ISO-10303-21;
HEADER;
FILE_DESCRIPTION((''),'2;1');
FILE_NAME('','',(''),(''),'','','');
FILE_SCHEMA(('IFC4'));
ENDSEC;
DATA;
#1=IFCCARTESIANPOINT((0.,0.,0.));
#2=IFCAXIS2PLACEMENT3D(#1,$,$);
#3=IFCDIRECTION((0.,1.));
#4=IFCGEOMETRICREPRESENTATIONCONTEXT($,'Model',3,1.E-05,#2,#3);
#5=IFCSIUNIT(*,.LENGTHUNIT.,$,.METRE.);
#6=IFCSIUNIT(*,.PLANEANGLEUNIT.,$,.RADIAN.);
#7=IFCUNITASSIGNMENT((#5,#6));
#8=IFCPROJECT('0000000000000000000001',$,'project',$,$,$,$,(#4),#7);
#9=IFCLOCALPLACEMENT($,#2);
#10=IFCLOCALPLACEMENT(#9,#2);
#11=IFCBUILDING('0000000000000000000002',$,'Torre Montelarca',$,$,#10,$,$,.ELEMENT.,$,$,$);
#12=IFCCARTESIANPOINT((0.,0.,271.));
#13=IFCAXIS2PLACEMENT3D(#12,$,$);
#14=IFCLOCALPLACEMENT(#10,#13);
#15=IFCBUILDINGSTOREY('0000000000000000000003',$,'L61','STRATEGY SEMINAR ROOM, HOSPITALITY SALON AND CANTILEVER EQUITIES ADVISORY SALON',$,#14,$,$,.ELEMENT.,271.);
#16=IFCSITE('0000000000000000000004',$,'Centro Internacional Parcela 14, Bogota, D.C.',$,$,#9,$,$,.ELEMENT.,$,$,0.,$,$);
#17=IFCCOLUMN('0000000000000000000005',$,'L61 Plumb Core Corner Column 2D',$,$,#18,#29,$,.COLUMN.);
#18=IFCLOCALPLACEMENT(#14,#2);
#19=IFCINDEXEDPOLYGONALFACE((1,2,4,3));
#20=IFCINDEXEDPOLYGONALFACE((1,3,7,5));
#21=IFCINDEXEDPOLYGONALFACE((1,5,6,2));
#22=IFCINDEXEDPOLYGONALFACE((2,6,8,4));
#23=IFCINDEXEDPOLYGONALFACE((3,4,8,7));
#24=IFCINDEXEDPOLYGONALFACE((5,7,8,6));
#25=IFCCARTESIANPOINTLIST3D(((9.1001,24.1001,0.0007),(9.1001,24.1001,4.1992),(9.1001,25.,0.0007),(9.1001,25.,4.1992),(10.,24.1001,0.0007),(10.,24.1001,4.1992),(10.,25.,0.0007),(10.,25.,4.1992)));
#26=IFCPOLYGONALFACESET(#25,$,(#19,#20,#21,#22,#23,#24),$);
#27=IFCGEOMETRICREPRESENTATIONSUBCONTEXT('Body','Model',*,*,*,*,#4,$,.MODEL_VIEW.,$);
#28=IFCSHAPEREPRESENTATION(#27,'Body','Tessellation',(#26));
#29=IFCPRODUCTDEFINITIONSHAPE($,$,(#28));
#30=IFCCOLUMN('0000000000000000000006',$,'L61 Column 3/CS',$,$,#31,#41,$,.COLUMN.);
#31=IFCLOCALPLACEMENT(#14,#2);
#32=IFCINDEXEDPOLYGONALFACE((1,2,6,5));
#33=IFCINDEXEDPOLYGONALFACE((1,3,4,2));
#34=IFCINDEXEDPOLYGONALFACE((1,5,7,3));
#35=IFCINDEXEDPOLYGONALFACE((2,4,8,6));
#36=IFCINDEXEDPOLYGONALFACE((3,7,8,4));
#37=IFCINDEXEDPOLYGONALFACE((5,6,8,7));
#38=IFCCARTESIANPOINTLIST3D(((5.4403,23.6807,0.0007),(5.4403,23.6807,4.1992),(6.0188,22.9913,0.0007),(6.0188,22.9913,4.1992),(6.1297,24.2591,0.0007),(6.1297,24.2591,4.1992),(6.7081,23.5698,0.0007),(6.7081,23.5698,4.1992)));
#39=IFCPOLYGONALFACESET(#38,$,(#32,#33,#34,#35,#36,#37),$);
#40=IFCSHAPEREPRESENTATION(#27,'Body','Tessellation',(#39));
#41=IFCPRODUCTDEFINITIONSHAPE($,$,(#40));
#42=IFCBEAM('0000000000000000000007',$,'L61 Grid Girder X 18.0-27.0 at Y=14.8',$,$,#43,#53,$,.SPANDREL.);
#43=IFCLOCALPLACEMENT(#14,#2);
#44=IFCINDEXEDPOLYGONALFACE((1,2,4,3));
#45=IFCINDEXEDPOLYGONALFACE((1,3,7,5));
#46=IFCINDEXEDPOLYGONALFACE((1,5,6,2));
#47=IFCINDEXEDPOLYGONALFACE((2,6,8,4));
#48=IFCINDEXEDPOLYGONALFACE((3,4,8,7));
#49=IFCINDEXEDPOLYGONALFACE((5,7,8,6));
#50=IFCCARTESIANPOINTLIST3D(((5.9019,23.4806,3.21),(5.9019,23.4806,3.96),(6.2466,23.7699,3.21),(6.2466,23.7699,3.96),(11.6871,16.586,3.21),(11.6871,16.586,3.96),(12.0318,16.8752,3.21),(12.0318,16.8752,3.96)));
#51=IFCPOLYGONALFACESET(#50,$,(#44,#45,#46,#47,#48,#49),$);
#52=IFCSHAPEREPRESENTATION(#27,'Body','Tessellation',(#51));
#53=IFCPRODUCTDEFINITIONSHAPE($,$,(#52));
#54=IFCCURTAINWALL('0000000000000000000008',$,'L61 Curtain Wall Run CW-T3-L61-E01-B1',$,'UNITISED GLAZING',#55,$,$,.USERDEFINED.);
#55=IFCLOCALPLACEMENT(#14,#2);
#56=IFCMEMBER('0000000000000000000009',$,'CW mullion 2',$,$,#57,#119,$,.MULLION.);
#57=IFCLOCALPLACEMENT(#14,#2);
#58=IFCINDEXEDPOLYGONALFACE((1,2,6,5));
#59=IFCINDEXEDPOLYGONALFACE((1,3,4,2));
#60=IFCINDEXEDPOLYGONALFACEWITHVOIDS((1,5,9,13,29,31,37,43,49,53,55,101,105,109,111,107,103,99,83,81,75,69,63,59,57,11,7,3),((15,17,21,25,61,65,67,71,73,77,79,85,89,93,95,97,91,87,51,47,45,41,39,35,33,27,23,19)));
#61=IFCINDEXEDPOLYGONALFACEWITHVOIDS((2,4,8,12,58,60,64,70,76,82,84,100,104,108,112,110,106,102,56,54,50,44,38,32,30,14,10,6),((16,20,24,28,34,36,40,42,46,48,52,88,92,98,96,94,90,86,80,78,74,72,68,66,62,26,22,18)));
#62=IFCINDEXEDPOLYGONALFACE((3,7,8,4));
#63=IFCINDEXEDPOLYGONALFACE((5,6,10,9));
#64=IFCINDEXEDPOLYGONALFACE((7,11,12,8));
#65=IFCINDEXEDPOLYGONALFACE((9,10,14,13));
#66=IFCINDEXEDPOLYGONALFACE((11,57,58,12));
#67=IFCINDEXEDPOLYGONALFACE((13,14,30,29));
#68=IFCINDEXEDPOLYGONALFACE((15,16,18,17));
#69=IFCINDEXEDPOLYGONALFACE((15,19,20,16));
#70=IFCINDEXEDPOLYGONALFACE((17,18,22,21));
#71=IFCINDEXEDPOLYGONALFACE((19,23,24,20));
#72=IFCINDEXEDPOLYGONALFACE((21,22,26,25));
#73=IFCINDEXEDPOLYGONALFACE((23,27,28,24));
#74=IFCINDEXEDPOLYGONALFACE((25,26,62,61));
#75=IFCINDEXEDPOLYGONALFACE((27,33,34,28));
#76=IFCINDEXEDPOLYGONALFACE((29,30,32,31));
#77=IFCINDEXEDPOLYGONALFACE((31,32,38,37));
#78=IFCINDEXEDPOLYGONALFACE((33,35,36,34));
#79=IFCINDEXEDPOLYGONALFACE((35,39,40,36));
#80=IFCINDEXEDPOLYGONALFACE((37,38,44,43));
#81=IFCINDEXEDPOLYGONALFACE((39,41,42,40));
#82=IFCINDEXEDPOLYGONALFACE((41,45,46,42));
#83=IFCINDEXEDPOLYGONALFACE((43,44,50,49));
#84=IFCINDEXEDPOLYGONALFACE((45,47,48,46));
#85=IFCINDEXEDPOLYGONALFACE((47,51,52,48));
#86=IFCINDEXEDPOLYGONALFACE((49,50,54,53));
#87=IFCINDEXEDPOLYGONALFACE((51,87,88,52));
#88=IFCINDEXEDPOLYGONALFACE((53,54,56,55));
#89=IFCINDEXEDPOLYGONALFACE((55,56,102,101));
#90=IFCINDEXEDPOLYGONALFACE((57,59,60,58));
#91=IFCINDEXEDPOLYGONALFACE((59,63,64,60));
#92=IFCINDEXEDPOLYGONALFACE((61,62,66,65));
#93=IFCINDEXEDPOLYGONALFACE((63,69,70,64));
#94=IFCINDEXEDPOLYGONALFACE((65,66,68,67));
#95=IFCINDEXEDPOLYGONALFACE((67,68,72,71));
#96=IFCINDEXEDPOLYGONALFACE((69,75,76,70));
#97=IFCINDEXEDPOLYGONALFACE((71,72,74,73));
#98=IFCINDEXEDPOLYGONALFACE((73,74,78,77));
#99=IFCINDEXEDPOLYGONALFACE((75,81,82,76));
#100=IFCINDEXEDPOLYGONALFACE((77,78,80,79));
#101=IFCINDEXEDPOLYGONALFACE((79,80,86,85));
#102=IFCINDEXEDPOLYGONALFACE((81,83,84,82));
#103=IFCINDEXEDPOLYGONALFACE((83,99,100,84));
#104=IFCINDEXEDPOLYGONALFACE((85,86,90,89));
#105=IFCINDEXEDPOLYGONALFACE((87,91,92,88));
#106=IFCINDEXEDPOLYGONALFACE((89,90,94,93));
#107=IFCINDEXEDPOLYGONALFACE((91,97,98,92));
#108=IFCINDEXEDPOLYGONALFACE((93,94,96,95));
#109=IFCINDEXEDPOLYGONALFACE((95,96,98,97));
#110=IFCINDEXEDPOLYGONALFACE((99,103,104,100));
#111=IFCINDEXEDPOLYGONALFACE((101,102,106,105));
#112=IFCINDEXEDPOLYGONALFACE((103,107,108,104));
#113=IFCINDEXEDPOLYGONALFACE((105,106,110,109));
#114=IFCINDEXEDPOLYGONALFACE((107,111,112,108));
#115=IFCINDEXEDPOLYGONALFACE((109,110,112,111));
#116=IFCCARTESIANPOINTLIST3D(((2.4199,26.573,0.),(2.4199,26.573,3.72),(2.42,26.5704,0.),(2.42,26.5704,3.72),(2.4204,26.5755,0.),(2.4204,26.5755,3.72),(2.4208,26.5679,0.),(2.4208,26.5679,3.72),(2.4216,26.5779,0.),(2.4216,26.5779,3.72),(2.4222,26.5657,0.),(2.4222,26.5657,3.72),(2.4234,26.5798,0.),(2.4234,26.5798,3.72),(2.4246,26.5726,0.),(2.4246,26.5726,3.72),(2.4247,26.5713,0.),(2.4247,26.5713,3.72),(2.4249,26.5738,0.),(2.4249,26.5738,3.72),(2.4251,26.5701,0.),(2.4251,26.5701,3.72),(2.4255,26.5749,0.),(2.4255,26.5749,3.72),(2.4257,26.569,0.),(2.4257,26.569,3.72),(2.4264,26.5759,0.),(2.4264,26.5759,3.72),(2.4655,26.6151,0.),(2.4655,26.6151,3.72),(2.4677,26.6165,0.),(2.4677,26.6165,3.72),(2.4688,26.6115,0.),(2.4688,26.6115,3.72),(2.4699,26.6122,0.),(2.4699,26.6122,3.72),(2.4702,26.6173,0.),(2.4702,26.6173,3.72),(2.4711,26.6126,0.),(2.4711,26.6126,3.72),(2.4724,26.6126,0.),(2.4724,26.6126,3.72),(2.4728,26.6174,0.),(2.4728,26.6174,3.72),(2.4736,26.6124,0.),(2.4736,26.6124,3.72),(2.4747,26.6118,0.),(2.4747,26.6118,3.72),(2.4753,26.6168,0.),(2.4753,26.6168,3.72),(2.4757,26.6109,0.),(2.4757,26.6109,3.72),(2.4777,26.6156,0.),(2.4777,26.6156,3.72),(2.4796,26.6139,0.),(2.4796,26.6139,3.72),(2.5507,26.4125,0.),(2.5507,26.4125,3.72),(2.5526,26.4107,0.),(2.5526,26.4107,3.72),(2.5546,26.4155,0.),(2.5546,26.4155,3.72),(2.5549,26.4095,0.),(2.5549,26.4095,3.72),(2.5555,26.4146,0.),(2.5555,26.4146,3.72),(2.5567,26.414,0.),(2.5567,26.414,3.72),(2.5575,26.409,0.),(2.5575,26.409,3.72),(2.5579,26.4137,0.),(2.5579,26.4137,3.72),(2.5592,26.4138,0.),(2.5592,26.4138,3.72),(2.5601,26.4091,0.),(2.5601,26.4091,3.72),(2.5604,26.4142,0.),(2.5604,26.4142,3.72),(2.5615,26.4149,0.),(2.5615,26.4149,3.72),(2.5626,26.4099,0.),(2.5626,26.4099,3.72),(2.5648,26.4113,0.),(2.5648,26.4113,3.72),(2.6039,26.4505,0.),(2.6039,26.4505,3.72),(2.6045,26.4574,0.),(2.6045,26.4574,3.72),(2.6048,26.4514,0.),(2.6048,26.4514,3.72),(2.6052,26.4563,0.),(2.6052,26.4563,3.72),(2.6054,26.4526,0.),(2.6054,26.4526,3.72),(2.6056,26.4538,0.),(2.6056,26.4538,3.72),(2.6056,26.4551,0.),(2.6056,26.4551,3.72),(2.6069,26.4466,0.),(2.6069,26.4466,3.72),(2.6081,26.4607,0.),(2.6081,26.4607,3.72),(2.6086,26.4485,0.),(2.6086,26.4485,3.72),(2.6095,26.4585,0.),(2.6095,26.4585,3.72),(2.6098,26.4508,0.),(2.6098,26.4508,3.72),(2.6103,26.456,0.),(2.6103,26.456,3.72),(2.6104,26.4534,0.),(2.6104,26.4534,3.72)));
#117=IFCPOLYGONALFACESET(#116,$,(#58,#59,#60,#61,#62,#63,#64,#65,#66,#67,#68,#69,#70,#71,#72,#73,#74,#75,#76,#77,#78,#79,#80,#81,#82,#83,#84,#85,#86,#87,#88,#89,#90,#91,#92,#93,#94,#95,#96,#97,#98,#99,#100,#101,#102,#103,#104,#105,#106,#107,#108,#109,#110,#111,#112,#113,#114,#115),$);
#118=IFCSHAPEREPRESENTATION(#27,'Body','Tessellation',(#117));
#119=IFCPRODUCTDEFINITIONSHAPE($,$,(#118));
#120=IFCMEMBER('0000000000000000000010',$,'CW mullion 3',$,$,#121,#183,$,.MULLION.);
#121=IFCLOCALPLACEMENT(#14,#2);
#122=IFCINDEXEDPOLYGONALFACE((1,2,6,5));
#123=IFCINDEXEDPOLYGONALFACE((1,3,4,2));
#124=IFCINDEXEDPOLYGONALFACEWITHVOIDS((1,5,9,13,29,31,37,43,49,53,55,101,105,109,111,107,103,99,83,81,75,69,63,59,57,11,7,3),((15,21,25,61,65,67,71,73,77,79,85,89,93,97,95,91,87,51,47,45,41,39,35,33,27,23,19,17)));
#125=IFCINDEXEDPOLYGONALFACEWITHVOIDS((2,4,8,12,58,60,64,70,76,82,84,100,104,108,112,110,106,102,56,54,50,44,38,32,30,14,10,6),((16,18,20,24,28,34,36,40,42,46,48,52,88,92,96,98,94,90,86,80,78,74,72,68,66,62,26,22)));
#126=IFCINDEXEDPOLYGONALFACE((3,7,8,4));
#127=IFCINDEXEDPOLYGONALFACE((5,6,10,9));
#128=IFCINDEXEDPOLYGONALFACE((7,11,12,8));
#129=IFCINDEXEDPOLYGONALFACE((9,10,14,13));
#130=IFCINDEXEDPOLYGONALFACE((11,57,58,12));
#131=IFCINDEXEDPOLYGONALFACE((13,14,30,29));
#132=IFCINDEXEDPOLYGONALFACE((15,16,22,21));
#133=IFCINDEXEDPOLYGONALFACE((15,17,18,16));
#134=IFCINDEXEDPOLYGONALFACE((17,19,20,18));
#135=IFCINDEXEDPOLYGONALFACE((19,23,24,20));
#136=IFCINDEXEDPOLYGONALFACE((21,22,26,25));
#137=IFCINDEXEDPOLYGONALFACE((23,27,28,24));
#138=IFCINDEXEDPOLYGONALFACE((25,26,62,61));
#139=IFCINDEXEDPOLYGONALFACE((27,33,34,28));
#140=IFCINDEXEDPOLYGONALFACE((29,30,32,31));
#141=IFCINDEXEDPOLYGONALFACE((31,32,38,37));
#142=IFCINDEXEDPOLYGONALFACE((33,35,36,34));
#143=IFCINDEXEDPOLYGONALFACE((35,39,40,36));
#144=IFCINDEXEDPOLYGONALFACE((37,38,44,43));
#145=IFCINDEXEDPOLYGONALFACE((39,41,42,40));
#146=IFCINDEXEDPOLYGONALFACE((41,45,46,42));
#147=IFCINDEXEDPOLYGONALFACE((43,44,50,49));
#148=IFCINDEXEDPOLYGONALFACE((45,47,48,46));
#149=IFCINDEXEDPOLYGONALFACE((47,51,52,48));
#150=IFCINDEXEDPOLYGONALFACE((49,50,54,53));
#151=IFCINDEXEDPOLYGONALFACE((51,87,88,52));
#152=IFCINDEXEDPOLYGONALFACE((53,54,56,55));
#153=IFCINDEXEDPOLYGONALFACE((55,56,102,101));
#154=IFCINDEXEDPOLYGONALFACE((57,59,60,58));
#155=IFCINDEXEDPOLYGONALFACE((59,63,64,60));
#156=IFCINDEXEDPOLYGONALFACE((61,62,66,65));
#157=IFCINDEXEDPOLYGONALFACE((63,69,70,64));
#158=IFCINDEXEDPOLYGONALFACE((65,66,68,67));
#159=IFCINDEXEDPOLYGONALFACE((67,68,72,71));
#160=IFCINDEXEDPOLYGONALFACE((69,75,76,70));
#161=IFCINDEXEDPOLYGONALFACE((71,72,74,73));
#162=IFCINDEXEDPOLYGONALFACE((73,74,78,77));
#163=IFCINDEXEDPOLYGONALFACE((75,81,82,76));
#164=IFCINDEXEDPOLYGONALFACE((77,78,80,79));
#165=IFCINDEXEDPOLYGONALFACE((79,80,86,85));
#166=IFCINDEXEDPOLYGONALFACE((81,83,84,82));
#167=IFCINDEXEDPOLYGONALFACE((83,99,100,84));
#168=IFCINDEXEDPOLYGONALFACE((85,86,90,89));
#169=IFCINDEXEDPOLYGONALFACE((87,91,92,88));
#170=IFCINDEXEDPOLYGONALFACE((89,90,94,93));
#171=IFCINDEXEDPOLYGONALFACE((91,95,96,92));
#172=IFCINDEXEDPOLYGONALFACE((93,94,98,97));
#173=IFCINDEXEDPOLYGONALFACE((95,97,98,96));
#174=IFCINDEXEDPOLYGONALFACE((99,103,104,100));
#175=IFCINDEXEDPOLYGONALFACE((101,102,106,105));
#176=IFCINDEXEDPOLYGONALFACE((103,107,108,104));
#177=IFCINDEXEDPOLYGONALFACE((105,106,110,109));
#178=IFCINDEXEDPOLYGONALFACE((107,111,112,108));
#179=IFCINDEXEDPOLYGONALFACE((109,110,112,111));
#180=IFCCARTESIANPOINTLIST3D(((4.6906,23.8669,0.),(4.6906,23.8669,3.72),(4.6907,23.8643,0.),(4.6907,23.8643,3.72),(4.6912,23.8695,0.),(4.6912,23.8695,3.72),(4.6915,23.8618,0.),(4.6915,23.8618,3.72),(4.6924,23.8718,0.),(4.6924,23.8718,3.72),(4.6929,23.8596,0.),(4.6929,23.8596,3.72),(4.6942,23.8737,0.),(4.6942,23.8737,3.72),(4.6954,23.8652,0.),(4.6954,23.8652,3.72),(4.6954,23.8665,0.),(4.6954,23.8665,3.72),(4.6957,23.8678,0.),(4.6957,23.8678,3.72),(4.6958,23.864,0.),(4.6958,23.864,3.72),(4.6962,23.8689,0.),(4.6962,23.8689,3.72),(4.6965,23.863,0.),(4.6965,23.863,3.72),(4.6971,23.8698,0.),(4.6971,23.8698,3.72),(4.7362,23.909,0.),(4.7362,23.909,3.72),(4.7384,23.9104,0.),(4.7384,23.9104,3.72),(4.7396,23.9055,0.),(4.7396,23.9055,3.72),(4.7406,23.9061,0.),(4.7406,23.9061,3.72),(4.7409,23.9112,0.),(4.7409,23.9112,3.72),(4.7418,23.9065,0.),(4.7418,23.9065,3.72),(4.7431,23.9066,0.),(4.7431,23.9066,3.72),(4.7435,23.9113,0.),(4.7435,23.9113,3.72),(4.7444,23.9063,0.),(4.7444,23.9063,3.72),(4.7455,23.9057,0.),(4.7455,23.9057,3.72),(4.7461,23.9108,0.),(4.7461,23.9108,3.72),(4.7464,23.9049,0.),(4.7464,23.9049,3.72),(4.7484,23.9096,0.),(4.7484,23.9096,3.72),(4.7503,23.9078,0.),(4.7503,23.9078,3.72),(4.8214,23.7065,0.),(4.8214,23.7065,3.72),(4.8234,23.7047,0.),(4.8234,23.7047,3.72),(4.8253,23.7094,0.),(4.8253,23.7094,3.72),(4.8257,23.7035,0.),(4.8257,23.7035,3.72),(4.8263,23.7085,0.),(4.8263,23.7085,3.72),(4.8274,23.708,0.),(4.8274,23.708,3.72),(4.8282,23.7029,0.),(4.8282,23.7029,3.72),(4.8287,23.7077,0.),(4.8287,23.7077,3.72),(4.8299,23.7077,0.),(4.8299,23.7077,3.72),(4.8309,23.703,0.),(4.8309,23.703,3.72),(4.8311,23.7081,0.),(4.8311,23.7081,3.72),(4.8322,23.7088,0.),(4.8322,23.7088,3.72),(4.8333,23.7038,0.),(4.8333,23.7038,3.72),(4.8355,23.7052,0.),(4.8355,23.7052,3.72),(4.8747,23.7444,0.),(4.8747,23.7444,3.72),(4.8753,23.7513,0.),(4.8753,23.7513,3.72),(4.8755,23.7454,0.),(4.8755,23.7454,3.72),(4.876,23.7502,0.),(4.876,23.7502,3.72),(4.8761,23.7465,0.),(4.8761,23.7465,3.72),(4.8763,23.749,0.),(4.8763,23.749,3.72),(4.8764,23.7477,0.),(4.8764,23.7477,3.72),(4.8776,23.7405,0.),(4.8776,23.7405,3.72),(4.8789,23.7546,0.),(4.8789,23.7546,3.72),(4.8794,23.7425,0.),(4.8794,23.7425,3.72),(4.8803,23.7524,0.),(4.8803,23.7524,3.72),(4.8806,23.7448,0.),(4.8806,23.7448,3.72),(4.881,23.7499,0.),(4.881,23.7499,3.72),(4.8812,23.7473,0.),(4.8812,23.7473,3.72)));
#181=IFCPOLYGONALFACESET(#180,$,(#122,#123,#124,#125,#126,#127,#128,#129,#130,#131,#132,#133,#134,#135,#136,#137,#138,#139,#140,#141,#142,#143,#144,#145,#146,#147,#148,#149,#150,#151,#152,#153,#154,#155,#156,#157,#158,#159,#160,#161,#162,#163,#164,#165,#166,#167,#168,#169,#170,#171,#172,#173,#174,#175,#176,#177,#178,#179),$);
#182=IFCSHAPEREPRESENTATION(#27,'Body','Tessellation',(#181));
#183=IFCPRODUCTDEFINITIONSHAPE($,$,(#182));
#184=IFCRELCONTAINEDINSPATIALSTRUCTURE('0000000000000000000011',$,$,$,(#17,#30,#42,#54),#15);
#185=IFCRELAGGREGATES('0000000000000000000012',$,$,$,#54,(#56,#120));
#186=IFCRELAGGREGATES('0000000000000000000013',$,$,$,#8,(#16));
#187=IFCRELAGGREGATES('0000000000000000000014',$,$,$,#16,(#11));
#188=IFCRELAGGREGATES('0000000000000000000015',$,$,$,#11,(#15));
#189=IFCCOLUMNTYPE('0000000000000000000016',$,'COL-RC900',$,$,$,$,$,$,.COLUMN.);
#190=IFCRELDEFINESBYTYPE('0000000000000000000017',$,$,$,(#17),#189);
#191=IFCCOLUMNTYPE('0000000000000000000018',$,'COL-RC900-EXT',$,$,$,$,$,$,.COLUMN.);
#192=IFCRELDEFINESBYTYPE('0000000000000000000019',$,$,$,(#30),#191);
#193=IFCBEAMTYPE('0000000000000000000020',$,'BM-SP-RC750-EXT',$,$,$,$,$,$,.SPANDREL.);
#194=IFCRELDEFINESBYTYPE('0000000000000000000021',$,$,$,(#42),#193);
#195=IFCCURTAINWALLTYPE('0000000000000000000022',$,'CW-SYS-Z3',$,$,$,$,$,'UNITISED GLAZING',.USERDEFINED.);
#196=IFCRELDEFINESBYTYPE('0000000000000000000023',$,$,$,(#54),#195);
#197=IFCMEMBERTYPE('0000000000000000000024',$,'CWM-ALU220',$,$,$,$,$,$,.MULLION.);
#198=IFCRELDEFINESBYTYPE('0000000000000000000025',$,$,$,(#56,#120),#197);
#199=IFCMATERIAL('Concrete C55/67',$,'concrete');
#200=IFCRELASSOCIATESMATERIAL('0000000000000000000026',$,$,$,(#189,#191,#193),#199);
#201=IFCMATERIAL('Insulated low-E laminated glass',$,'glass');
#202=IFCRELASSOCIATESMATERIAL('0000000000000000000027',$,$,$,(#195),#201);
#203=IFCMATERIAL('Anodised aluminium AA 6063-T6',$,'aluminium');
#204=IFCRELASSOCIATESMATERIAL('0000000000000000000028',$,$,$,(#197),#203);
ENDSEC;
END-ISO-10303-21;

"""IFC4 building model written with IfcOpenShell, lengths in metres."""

from ifc_helpers import new_model, si_unit, direction, frame, origin, origin_2d, place, context, subcontext, project, spatial, rectangle, hollow_rectangle, extrude, source, transform, mapped, material, material_profile, profile_set, type_object, element, aggregate, save


model = new_model("IFC4")

# Units and contexts
model_context = context("Model", 3, precision=1e-05, world=origin(), true_north=direction((0.0, 1.0)))
body_context = subcontext(model_context, "Body", "Model", "MODEL_VIEW")
ifc_project = project(units=[si_unit("LENGTHUNIT", "METRE"), si_unit("PLANEANGLEUNIT", "RADIAN")], contexts=[model_context])

# Site, building, storey
site_placement = place(None, origin())
site = spatial("IfcSite", under=ifc_project, at=site_placement, Name="Centro Internacional Parcela 14, Bogota, D.C.", CompositionType="ELEMENT", RefElevation=0.0)
building_placement = place(site_placement, origin())
building = spatial("IfcBuilding", under=site, at=building_placement, Name="Torre Montelarca", CompositionType="ELEMENT")
storey_placement = place(building_placement, frame((0.0, 0.0, 271.0)))
storey = spatial("IfcBuildingStorey", under=building, at=storey_placement, Name="L61", Description="STRATEGY SEMINAR ROOM, HOSPITALITY SALON AND CANTILEVER EQUITIES ADVISORY SALON", CompositionType="ELEMENT", Elevation=271.0)

# Columns
ifc_material_1 = material(Name="Concrete C55/67", Category="concrete")
ifc_material_profile_1 = material_profile(ifc_material_1, rectangle(XDim=0.8999, YDim=0.8999, at=origin_2d()), Name="RC900X900", Category="concrete")
ifc_profile_set_1 = profile_set([ifc_material_profile_1], Name="Concrete C55/67")
column_type_1 = type_object("IfcColumnType", Name="COL-RC900", PredefinedType="COLUMN", material=ifc_profile_set_1)
shared_shape_1 = source(origin(), body_context, "Body", "SweptSolid", [
    extrude(rectangle(XDim=0.8999, YDim=0.8999, at=origin_2d()), origin(), (0.0, 0.0, 1.0), 4.1985),
])
column_1_placement = place(storey_placement, frame((9.55, 24.55, 0.0007), z_axis=(0.0, 0.0, 1.0), x_axis=(1.0, 0.0, 0.0)))
element("IfcColumn", 1, at=column_1_placement, inside=storey, type_object=column_type_1, Name="L61 Plumb Core Corner Column 2D", PredefinedType="COLUMN", context=body_context, shape_type="MappedRepresentation", body=[
    mapped(shared_shape_1, transform((0.0, 0.0, 0.0), scale=1.0)),
])
ifc_material_profile_2 = material_profile(ifc_material_1, rectangle(XDim=0.8999, YDim=0.8999, at=origin_2d()), Name="RC900X900", Category="concrete")
ifc_profile_set_2 = profile_set([ifc_material_profile_2], Name="Concrete C55/67")
column_type_2 = type_object("IfcColumnType", Name="COL-RC900-EXT", PredefinedType="COLUMN", material=ifc_profile_set_2)
shared_shape_2 = source(origin(), body_context, "Body", "SweptSolid", [
    extrude(rectangle(XDim=0.8999, YDim=0.8999, at=origin_2d()), origin(), (0.0, 0.0, 1.0), 4.1985),
])
column_2_placement = place(storey_placement, frame((6.0742, 23.6252, 0.0007), z_axis=(0.0, 0.0, 1.0), x_axis=(-0.642788, 0.766044, 0.0)))
element("IfcColumn", 2, at=column_2_placement, inside=storey, type_object=column_type_2, Name="L61 Column 3/CS", PredefinedType="COLUMN", context=body_context, shape_type="MappedRepresentation", body=[
    mapped(shared_shape_2, transform((0.0, 0.0, 0.0), scale=1.0)),
])

# Beam
ifc_material_profile_3 = material_profile(ifc_material_1, rectangle(XDim=0.45, YDim=0.75, at=origin_2d()), Name="RCB450X750", Category="concrete")
ifc_profile_set_3 = profile_set([ifc_material_profile_3], Name="Concrete C55/67")
beam_type = type_object("IfcBeamType", Name="BM-SP-RC750-EXT", PredefinedType="SPANDREL", material=ifc_profile_set_3)
shared_shape_3 = source(origin(), body_context, "Body", "SweptSolid", [
    extrude(rectangle(XDim=0.45, YDim=0.75, at=origin_2d()), origin(), (0.0, 0.0, 1.0), 9.0002),
])
beam_placement = place(storey_placement, frame((6.0742, 23.6252, 3.585), z_axis=(0.642785, -0.766047, 0.0), x_axis=(0.766047, 0.642785, 0.0)))
element("IfcBeam", 3, at=beam_placement, inside=storey, type_object=beam_type, Name="L61 Grid Girder X 18.0-27.0 at Y=14.8", PredefinedType="SPANDREL", context=body_context, shape_type="MappedRepresentation", body=[
    mapped(shared_shape_3, transform((0.0, 0.0, 0.0), scale=1.0)),
])

# Curtain wall, members
ifc_material_2 = material(Name="Insulated low-E laminated glass", Category="glass")
curtain_wall_type = type_object("IfcCurtainWallType", Name="CW-SYS-Z3", ElementType="UNITISED GLAZING", PredefinedType="USERDEFINED", material=ifc_material_2)
curtain_wall_1_placement = place(storey_placement, origin())
curtain_wall_1 = element("IfcCurtainWall", 4, at=curtain_wall_1_placement, inside=storey, type_object=curtain_wall_type, Name="L61 Curtain Wall Run CW-T3-L61-E01-B1", ObjectType="UNITISED GLAZING", PredefinedType="USERDEFINED")
ifc_material_3 = material(Name="Anodised aluminium AA 6063-T6", Category="aluminium")
ifc_material_profile_4 = material_profile(ifc_material_3, hollow_rectangle(XDim=0.075, YDim=0.22, WallThickness=0.0049, InnerFilletRadius=0.0049, OuterFilletRadius=0.01, at=origin_2d()), Name="ALU75X220X5", Category="aluminium")
ifc_profile_set_4 = profile_set([ifc_material_profile_4], Name="Anodised aluminium AA 6063-T6")
member_type_1 = type_object("IfcMemberType", Name="CWM-ALU220", PredefinedType="MULLION", material=ifc_profile_set_4)
shared_shape_4 = source(origin(), body_context, "Body", "SweptSolid", [
    extrude(hollow_rectangle(XDim=0.075, YDim=0.22, WallThickness=0.0049, InnerFilletRadius=0.0049, OuterFilletRadius=0.01, at=origin_2d()), origin(), (0.0, 0.0, 1.0), 3.72),
])
member_1_placement = place(storey_placement, frame((2.5151, 26.5132, 0.0), z_axis=(0.0, 0.0, 1.0), x_axis=(0.766041, 0.642791, 0.0)))
member_1 = element("IfcMember", 5, at=member_1_placement, type_object=member_type_1, Name="CW mullion 2", PredefinedType="MULLION", context=body_context, shape_type="MappedRepresentation", body=[
    mapped(shared_shape_4, transform((0.0, 0.0, 0.0), scale=1.0)),
])
member_2_placement = place(storey_placement, frame((4.7859, 23.8071, 0.0), z_axis=(0.0, 0.0, 1.0), x_axis=(0.766041, 0.642791, 0.0)))
member_2 = element("IfcMember", 6, at=member_2_placement, type_object=member_type_1, Name="CW mullion 3", PredefinedType="MULLION", context=body_context, shape_type="MappedRepresentation", body=[
    mapped(shared_shape_4, transform((0.0, 0.0, 0.0), scale=1.0)),
])

aggregate(curtain_wall_1, [member_1, member_2])

save(model, "model.ifc")
